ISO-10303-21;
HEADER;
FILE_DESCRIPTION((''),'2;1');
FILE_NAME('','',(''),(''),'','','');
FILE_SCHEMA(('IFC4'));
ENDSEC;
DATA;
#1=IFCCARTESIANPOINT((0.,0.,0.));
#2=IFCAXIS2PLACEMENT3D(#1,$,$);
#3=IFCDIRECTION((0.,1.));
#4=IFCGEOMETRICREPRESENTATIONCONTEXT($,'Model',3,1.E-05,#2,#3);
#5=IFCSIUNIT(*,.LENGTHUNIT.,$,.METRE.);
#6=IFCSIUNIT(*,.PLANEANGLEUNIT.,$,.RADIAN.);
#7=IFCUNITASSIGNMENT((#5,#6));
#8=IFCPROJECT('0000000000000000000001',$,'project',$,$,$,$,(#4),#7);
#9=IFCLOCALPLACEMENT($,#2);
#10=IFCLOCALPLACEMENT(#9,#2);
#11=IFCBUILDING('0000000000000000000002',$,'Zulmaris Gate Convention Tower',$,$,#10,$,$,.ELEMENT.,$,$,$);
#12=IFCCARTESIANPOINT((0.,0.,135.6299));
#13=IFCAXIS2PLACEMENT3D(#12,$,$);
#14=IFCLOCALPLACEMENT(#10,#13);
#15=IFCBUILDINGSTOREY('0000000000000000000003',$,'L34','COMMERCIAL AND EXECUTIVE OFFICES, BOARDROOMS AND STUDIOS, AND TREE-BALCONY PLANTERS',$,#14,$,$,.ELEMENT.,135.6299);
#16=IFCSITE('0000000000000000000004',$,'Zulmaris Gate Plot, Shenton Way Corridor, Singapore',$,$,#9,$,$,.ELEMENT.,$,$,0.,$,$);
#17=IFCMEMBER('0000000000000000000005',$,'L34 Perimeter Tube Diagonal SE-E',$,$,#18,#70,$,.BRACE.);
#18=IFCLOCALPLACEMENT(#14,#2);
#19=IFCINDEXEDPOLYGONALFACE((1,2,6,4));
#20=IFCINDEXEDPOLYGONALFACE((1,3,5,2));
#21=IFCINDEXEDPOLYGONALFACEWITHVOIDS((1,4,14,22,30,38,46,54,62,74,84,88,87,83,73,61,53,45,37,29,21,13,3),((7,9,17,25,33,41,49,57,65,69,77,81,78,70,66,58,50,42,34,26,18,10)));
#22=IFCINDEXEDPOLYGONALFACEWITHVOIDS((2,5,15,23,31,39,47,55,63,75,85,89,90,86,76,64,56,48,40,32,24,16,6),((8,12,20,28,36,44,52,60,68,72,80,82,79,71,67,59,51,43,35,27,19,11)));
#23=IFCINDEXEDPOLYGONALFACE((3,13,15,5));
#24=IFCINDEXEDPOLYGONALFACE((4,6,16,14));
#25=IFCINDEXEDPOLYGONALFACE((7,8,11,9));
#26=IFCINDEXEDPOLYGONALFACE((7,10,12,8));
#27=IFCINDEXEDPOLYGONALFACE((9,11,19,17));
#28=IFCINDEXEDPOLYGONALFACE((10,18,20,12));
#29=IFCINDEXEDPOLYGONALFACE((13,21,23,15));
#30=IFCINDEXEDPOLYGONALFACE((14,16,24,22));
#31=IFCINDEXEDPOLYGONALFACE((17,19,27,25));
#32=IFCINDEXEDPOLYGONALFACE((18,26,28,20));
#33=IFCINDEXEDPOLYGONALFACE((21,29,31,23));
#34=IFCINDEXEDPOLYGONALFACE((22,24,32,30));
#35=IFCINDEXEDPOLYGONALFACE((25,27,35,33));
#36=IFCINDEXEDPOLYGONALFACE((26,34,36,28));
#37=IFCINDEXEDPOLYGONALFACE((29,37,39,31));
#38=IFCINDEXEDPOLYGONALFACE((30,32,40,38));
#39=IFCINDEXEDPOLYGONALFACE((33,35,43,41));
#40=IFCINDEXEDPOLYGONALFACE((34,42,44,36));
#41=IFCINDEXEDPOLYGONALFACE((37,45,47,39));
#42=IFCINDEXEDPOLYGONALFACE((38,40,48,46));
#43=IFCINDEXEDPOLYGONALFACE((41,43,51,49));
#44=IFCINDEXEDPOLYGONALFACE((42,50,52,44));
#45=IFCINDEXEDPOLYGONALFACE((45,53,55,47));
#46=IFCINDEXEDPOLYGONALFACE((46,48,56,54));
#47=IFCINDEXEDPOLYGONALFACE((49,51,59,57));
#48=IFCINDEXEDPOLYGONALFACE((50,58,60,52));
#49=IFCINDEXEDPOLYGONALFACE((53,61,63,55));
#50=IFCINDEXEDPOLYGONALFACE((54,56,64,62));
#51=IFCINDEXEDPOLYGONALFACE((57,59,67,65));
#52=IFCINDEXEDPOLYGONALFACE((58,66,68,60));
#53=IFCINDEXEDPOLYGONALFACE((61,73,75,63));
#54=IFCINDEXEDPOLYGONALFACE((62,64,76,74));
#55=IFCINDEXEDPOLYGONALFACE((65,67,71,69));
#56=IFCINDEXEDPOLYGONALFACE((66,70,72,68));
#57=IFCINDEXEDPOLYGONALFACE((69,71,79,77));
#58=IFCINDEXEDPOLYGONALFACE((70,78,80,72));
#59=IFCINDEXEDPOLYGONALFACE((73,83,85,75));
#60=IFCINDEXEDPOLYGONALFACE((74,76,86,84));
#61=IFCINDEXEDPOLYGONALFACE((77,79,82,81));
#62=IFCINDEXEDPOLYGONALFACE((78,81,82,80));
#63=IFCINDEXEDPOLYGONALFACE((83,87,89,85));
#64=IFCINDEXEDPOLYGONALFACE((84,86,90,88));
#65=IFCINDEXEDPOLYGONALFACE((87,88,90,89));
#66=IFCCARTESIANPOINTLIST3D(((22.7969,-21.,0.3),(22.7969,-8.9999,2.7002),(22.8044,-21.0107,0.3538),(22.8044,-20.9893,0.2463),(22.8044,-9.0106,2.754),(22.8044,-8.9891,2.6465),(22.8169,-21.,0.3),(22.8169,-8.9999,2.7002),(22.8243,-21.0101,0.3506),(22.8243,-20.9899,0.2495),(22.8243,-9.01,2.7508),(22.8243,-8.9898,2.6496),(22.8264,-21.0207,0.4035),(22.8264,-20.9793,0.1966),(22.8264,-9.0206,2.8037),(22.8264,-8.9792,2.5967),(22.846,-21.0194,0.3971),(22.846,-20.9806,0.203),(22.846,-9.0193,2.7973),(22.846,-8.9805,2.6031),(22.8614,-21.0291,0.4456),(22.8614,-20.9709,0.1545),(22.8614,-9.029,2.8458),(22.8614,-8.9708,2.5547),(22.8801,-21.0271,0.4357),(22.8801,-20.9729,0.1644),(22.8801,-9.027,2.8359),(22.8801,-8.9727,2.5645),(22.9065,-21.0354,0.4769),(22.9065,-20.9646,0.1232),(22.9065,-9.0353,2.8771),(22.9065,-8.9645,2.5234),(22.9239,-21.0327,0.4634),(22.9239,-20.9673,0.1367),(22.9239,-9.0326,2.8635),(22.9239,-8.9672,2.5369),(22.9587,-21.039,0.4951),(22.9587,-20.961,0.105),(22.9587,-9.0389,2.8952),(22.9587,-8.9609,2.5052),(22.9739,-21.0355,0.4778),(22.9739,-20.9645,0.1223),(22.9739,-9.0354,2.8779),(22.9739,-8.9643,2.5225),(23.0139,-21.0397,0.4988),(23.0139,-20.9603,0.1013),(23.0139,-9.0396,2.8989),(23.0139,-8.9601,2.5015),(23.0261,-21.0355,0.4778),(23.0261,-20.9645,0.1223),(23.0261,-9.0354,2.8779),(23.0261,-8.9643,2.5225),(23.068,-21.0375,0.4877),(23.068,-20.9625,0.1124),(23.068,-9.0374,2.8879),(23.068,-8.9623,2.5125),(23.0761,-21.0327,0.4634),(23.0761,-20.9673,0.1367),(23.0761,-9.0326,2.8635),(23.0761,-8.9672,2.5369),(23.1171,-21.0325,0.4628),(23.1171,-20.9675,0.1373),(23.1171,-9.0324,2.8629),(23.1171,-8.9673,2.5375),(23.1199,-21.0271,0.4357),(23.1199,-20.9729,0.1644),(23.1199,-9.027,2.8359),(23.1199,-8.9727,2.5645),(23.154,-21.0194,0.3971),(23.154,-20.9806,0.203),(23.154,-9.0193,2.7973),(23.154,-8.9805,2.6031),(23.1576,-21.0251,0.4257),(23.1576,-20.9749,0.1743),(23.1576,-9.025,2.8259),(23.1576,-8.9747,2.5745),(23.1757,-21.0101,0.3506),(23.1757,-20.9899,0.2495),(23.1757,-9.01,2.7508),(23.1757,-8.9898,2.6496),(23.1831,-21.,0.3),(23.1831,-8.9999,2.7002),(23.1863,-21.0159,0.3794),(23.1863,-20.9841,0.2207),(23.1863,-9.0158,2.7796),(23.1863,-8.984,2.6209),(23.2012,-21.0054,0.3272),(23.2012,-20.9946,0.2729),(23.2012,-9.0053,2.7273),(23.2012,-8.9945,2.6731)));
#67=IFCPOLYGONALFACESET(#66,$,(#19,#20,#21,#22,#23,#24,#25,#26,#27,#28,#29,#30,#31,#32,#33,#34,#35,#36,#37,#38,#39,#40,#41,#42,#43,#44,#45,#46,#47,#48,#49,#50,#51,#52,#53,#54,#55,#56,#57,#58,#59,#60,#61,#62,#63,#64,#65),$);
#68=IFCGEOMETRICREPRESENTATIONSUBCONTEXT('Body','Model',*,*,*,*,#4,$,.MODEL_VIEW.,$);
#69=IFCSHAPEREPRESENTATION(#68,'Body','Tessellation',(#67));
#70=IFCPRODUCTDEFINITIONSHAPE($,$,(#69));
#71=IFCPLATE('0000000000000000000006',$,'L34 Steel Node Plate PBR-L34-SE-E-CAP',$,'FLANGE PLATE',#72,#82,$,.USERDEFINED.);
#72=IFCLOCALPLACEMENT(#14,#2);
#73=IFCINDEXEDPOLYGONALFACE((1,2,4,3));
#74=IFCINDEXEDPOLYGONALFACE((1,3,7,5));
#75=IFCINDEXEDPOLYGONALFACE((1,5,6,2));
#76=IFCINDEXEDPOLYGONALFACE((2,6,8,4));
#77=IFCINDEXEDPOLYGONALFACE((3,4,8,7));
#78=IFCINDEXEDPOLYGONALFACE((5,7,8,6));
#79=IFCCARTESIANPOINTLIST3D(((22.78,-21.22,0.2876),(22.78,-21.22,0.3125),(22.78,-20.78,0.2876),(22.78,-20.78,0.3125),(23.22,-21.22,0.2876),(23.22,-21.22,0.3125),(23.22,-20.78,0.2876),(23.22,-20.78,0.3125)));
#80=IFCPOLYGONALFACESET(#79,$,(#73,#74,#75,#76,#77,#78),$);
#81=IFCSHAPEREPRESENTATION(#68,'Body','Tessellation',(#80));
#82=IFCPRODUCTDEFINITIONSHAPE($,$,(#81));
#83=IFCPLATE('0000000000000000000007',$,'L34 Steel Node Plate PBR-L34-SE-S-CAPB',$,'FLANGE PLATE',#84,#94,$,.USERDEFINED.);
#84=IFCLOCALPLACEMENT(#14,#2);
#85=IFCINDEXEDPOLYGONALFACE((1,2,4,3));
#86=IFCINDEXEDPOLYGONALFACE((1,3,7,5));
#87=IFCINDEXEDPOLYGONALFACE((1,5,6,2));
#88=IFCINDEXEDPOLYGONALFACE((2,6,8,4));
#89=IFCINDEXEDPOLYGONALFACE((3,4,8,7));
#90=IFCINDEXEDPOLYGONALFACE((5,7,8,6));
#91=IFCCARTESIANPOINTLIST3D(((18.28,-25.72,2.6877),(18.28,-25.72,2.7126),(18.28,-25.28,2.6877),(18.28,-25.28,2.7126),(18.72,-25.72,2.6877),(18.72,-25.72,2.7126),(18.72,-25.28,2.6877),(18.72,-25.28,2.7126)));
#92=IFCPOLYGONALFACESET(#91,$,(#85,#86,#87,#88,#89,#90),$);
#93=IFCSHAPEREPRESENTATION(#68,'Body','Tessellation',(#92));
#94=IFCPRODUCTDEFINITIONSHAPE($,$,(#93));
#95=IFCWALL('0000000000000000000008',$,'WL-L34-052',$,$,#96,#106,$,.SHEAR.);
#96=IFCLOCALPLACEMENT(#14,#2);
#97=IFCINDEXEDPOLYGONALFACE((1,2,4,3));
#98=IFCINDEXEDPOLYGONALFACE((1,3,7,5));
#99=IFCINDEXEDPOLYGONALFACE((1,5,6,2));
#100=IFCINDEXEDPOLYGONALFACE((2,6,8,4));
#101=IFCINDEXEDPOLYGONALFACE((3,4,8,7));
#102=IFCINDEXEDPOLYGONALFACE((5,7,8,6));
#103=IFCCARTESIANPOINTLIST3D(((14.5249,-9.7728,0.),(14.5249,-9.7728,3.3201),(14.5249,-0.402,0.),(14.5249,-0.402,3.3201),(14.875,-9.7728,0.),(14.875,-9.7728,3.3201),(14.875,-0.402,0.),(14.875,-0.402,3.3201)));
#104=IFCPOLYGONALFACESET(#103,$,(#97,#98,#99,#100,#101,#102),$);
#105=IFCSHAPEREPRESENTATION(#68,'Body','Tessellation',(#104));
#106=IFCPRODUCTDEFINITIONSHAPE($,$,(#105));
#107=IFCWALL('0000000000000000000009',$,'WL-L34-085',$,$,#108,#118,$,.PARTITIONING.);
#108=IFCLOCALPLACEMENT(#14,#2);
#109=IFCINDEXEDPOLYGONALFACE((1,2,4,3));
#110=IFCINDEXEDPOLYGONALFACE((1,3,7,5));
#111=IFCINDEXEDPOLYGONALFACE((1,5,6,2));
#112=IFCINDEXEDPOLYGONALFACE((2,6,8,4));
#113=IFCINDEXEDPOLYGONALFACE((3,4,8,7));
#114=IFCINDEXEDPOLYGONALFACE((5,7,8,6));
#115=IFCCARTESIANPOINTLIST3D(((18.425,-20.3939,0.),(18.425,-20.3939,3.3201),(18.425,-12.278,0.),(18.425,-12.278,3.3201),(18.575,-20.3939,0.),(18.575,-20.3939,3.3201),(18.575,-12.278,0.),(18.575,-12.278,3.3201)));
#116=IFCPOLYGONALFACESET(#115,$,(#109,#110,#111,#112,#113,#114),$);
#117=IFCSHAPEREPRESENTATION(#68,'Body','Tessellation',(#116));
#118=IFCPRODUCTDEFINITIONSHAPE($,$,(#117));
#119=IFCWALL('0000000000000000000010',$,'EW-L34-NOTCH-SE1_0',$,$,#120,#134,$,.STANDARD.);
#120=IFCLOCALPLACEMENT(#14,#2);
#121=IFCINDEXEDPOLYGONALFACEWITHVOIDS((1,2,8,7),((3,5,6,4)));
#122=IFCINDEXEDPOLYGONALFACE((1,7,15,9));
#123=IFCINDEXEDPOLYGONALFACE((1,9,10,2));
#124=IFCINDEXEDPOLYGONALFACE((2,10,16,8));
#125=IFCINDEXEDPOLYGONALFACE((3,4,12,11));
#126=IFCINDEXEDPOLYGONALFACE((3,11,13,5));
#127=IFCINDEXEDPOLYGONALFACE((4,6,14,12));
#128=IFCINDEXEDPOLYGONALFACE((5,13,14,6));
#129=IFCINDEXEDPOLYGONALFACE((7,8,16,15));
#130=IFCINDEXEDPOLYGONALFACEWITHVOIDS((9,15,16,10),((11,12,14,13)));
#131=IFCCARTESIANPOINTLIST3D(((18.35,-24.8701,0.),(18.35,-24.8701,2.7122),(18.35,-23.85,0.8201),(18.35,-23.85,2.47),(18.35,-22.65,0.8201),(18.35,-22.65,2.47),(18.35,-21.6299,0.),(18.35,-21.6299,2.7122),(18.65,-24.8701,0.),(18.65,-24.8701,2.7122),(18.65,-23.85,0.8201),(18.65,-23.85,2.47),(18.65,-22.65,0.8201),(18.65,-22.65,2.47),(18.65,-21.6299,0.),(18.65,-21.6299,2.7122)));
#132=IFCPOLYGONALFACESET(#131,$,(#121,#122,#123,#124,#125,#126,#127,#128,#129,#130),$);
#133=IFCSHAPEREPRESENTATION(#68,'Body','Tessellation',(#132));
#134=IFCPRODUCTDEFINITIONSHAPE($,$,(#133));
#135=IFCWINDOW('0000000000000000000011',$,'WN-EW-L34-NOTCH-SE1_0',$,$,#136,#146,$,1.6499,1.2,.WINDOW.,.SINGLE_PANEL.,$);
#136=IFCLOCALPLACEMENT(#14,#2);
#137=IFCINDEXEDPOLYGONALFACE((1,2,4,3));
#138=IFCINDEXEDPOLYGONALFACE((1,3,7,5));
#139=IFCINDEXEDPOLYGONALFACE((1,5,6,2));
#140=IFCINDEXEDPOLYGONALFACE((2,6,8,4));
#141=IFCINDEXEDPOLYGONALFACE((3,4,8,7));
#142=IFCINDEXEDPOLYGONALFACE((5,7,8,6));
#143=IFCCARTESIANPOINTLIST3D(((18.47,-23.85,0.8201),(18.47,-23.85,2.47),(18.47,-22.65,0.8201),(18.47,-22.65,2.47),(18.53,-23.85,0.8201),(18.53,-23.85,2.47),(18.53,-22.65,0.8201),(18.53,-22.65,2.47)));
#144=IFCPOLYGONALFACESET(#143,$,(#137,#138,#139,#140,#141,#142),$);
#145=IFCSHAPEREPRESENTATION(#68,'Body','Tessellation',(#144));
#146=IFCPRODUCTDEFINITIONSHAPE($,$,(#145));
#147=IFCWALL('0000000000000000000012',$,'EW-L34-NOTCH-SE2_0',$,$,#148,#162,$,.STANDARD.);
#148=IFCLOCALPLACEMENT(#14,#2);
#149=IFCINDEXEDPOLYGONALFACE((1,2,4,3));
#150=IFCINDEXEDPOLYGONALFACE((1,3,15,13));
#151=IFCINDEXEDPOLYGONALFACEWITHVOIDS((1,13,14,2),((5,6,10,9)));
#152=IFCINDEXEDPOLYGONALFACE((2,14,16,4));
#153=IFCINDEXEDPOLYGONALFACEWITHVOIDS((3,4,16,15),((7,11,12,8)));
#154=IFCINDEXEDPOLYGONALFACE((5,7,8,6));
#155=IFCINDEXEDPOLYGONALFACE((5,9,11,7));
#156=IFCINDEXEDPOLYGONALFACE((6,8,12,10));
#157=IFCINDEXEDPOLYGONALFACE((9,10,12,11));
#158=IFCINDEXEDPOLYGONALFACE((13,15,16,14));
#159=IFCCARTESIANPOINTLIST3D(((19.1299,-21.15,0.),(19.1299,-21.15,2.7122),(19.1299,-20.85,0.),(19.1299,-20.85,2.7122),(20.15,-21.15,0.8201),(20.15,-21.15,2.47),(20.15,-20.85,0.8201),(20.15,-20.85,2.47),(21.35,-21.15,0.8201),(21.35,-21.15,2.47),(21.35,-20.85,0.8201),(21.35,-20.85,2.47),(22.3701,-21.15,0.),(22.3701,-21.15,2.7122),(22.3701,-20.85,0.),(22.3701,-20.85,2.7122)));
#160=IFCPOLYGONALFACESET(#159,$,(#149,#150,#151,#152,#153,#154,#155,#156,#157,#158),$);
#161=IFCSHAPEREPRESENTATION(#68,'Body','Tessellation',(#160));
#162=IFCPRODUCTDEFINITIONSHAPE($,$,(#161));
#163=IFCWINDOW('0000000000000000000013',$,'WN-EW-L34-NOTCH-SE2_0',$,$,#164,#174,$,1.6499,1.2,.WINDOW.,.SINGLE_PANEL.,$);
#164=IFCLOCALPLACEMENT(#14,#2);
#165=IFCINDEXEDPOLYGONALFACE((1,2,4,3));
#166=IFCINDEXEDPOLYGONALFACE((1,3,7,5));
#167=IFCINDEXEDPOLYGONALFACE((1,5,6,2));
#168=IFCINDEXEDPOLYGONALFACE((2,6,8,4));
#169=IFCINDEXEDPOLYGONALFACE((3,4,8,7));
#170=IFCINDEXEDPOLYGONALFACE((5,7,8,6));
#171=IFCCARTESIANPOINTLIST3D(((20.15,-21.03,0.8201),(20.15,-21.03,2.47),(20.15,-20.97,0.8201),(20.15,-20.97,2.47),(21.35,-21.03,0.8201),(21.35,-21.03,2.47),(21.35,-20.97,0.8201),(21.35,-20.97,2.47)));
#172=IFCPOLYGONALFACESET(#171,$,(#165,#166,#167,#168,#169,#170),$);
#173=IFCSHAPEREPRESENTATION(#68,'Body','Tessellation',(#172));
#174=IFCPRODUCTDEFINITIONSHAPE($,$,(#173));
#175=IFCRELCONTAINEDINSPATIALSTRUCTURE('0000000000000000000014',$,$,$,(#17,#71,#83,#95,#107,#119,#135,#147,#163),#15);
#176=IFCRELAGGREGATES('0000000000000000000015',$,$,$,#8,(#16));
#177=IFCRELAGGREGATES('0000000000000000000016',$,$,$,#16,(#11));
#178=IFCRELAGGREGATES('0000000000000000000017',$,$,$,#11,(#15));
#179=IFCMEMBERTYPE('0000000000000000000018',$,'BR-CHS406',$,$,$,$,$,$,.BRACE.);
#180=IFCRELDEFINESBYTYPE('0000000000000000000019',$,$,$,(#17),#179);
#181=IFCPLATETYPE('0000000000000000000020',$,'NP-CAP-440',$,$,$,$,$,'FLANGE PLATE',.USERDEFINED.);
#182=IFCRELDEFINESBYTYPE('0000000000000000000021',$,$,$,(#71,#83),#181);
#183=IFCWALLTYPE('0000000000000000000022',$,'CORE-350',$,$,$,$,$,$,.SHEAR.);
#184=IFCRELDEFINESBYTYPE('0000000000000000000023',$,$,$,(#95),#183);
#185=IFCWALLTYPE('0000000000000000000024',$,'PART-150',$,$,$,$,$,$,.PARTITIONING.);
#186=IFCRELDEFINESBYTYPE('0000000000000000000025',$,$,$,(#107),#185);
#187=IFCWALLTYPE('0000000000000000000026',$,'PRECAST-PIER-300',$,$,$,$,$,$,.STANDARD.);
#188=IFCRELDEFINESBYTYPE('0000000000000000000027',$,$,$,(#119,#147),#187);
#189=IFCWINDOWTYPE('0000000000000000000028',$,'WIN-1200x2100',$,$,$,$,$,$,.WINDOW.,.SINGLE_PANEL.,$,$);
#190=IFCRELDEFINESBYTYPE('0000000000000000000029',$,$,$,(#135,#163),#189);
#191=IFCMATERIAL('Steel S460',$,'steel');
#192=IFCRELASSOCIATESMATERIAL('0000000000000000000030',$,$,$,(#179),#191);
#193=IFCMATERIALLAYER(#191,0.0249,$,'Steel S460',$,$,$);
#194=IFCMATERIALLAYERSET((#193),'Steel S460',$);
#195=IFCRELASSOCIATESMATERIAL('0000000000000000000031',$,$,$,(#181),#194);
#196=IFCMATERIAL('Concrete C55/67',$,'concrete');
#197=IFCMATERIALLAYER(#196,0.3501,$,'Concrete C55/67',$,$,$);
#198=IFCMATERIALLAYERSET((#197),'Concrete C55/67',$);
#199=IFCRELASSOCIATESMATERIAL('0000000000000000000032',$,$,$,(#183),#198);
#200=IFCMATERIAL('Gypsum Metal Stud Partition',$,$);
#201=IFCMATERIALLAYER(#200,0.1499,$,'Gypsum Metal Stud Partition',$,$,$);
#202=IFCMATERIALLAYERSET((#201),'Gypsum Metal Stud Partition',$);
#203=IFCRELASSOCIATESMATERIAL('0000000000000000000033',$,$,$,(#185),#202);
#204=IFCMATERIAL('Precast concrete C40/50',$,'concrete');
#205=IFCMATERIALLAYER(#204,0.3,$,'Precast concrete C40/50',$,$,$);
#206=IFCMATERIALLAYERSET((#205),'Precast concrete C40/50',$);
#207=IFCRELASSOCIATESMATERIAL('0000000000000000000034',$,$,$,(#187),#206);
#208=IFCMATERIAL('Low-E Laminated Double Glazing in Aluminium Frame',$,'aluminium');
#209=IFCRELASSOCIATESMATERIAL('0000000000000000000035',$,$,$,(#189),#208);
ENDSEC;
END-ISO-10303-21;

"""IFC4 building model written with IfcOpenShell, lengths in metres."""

from ifc_helpers import new_model, si_unit, direction, frame, frame_2d, origin, origin_2d, place, context, subcontext, project, spatial, rectangle, hollow_circle, extrude, material, layer, layer_set, material_profile, profile_set, type_object, element, fill, save


model = new_model("IFC4")

# Units and contexts
model_context = context("Model", 3, precision=1e-05, world=origin(), true_north=direction((0.0, 1.0)))
body_context = subcontext(model_context, "Body", "Model", "MODEL_VIEW")
ifc_project = project(units=[si_unit("LENGTHUNIT", "METRE"), si_unit("PLANEANGLEUNIT", "RADIAN")], contexts=[model_context])

# Site, building, storey
site_placement = place(None, origin())
site = spatial("IfcSite", under=ifc_project, at=site_placement, Name="Zulmaris Gate Plot, Shenton Way Corridor, Singapore", CompositionType="ELEMENT", RefElevation=0.0)
building_placement = place(site_placement, origin())
building = spatial("IfcBuilding", under=site, at=building_placement, Name="Zulmaris Gate Convention Tower", CompositionType="ELEMENT")
storey_placement = place(building_placement, frame((0.0, 0.0, 135.6299)))
storey = spatial("IfcBuildingStorey", under=building, at=storey_placement, Name="L34", Description="COMMERCIAL AND EXECUTIVE OFFICES, BOARDROOMS AND STUDIOS, AND TREE-BALCONY PLANTERS", CompositionType="ELEMENT", Elevation=135.6299)

# Member
ifc_material_1 = material(Name="Steel S460", Category="steel")
ifc_material_profile_1 = material_profile(ifc_material_1, hollow_circle(Radius=0.2031, WallThickness=0.02, at=origin_2d()), Name="CHS 406.4x20")
ifc_profile_set_1 = profile_set([ifc_material_profile_1], Name="Steel S460")
member_type = type_object("IfcMemberType", Name="BR-CHS406", PredefinedType="BRACE", material=ifc_profile_set_1)
member_placement = place(storey_placement, frame((23.0, -21.0, 0.3), z_axis=(0.0, 0.980578, 0.196128), x_axis=(-1.0, 0.0, 0.0)))
element("IfcMember", 1, at=member_placement, inside=storey, type_object=member_type, Name="L34 Perimeter Tube Diagonal SE-E", PredefinedType="BRACE", context=body_context, shape_type="SweptSolid", body=[
    extrude(hollow_circle(Radius=0.2031, WallThickness=0.02, at=origin_2d()), origin(), (0.0, 0.0, 1.0), 12.2378),
])

# Plates
ifc_layer_1 = layer(ifc_material_1, 0.0249, Name="Steel S460")
ifc_layer_set_1 = layer_set([ifc_layer_1], Name="Steel S460")
plate_type = type_object("IfcPlateType", Name="NP-CAP-440", ElementType="FLANGE PLATE", PredefinedType="USERDEFINED", material=ifc_layer_set_1)
for number, where, z_axis, x_axis, name in (
    (2, (23.0, -21.0, 0.2876), (0.0, 0.0, 1.0), (1.0, 0.0, 0.0), "L34 Steel Node Plate PBR-L34-SE-E-CAP"),
    (3, (18.5, -25.5, 2.6877), (0.0, 0.0, 1.0), (1.0, 0.0, 0.0), "L34 Steel Node Plate PBR-L34-SE-S-CAPB"),
):
    element("IfcPlate", number, at=place(storey_placement, frame(where, z_axis=z_axis, x_axis=x_axis)), inside=storey, type_object=plate_type, Name=name, ObjectType="FLANGE PLATE", PredefinedType="USERDEFINED", context=body_context, shape_type="SweptSolid", body=[
        extrude(rectangle(XDim=0.4399, YDim=0.4399, at=origin_2d()), origin(), (0.0, 0.0, 1.0), 0.0249),
    ])

# Wall
ifc_material_2 = material(Name="Concrete C55/67", Category="concrete")
ifc_layer_2 = layer(ifc_material_2, 0.3501, Name="Concrete C55/67")
ifc_layer_set_2 = layer_set([ifc_layer_2], Name="Concrete C55/67")
wall_type_1 = type_object("IfcWallType", Name="CORE-350", PredefinedType="SHEAR", material=ifc_layer_set_2)
wall_1_placement = place(storey_placement, frame((14.7, -9.7729, 0.0), z_axis=(0.0, 0.0, 1.0), x_axis=(0.0, 1.0, 0.0)))
element("IfcWall", 4, at=wall_1_placement, inside=storey, type_object=wall_type_1, Name="WL-L34-052", PredefinedType="SHEAR", context=body_context, shape_type="SweptSolid", body=[
    extrude(rectangle(XDim=9.3708, YDim=0.3501, at=frame_2d((4.6855, 0.0))), origin(), (0.0, 0.0, 1.0), 3.3201),
])

# Shared definitions
ifc_material_3 = material(Name="Gypsum Metal Stud Partition")
ifc_layer_3 = layer(ifc_material_3, 0.1499, Name="Gypsum Metal Stud Partition")
ifc_layer_set_3 = layer_set([ifc_layer_3], Name="Gypsum Metal Stud Partition")
wall_type_2 = type_object("IfcWallType", Name="PART-150", PredefinedType="PARTITIONING", material=ifc_layer_set_3)

# Wall
wall_2_placement = place(storey_placement, frame((18.5, -20.394, 0.0), z_axis=(0.0, 0.0, 1.0), x_axis=(0.0, 1.0, 0.0)))
element("IfcWall", 5, at=wall_2_placement, inside=storey, type_object=wall_type_2, Name="WL-L34-085", PredefinedType="PARTITIONING", context=body_context, shape_type="SweptSolid", body=[
    extrude(rectangle(XDim=8.116, YDim=0.1499, at=frame_2d((4.0581, 0.0))), origin(), (0.0, 0.0, 1.0), 3.3201),
])

# Walls, openings, windows
ifc_material_4 = material(Name="Precast concrete C40/50", Category="concrete")
ifc_layer_4 = layer(ifc_material_4, 0.3, Name="Precast concrete C40/50")
ifc_layer_set_4 = layer_set([ifc_layer_4], Name="Precast concrete C40/50")
wall_type_3 = type_object("IfcWallType", Name="PRECAST-PIER-300", PredefinedType="STANDARD", material=ifc_layer_set_4)
wall_3_placement = place(storey_placement, frame((18.5, -24.8701, 0.0), z_axis=(0.0, 0.0, 1.0), x_axis=(0.0, 1.0, 0.0)))
wall_3 = element("IfcWall", 6, at=wall_3_placement, inside=storey, type_object=wall_type_3, Name="EW-L34-NOTCH-SE1_0", PredefinedType="STANDARD", context=body_context, shape_type="SweptSolid", body=[
    extrude(rectangle(XDim=3.2402, YDim=0.3, at=frame_2d((1.6201, 0.0))), origin(), (0.0, 0.0, 1.0), 2.7122),
])
opening_1_placement = place(wall_3_placement, frame((1.02, 0.0, 0.8201)))
opening_1 = element("IfcOpeningElement", 7, at=opening_1_placement, cuts=wall_3, PredefinedType="OPENING", context=body_context, shape_type="SweptSolid", body=[
    extrude(rectangle(XDim=1.2, YDim=1.6499, at=frame_2d((0.6001, 0.825))), frame((0.0, 0.1602, 0.0), z_axis=(0.0, -1.0, 0.0), x_axis=(1.0, 0.0, 0.0)), (0.0, 0.0, 1.0), 0.3201),
])
ifc_material_5 = material(Name="Low-E Laminated Double Glazing in Aluminium Frame", Category="aluminium")
window_type = type_object("IfcWindowType", Name="WIN-1200x2100", PartitioningType="SINGLE_PANEL", PredefinedType="WINDOW", material=ifc_material_5)
window_1_placement = place(opening_1_placement, origin())
window_1 = element("IfcWindow", 8, at=window_1_placement, inside=storey, type_object=window_type, Name="WN-EW-L34-NOTCH-SE1_0", OverallHeight=1.6499, OverallWidth=1.2, PartitioningType="SINGLE_PANEL", PredefinedType="WINDOW", context=body_context, shape_type="SweptSolid", body=[
    extrude(rectangle(XDim=1.2, YDim=1.6499, at=frame_2d((0.6001, 0.825))), frame((0.0, 0.03, 0.0), z_axis=(0.0, -1.0, 0.0), x_axis=(1.0, 0.0, 0.0)), (0.0, 0.0, 1.0), 0.0601),
])
fill(opening_1, window_1)
wall_4_placement = place(storey_placement, frame((19.1299, -21.0, 0.0), z_axis=(0.0, 0.0, 1.0), x_axis=(1.0, 0.0, 0.0)))
wall_4 = element("IfcWall", 9, at=wall_4_placement, inside=storey, type_object=wall_type_3, Name="EW-L34-NOTCH-SE2_0", PredefinedType="STANDARD", context=body_context, shape_type="SweptSolid", body=[
    extrude(rectangle(XDim=3.2402, YDim=0.3, at=frame_2d((1.6201, 0.0))), origin(), (0.0, 0.0, 1.0), 2.7122),
])
opening_2_placement = place(wall_4_placement, frame((1.02, 0.0, 0.8201)))
opening_2 = element("IfcOpeningElement", 10, at=opening_2_placement, cuts=wall_4, PredefinedType="OPENING", context=body_context, shape_type="SweptSolid", body=[
    extrude(rectangle(XDim=1.2, YDim=1.6499, at=frame_2d((0.6001, 0.825))), frame((0.0, 0.1602, 0.0), z_axis=(0.0, -1.0, 0.0), x_axis=(1.0, 0.0, 0.0)), (0.0, 0.0, 1.0), 0.3201),
])
window_2_placement = place(opening_2_placement, origin())
window_2 = element("IfcWindow", 11, at=window_2_placement, inside=storey, type_object=window_type, Name="WN-EW-L34-NOTCH-SE2_0", OverallHeight=1.6499, OverallWidth=1.2, PartitioningType="SINGLE_PANEL", PredefinedType="WINDOW", context=body_context, shape_type="SweptSolid", body=[
    extrude(rectangle(XDim=1.2, YDim=1.6499, at=frame_2d((0.6001, 0.825))), frame((0.0, 0.03, 0.0), z_axis=(0.0, -1.0, 0.0), x_axis=(1.0, 0.0, 0.0)), (0.0, 0.0, 1.0), 0.0601),
])
fill(opening_2, window_2)

save(model, "model.ifc")
